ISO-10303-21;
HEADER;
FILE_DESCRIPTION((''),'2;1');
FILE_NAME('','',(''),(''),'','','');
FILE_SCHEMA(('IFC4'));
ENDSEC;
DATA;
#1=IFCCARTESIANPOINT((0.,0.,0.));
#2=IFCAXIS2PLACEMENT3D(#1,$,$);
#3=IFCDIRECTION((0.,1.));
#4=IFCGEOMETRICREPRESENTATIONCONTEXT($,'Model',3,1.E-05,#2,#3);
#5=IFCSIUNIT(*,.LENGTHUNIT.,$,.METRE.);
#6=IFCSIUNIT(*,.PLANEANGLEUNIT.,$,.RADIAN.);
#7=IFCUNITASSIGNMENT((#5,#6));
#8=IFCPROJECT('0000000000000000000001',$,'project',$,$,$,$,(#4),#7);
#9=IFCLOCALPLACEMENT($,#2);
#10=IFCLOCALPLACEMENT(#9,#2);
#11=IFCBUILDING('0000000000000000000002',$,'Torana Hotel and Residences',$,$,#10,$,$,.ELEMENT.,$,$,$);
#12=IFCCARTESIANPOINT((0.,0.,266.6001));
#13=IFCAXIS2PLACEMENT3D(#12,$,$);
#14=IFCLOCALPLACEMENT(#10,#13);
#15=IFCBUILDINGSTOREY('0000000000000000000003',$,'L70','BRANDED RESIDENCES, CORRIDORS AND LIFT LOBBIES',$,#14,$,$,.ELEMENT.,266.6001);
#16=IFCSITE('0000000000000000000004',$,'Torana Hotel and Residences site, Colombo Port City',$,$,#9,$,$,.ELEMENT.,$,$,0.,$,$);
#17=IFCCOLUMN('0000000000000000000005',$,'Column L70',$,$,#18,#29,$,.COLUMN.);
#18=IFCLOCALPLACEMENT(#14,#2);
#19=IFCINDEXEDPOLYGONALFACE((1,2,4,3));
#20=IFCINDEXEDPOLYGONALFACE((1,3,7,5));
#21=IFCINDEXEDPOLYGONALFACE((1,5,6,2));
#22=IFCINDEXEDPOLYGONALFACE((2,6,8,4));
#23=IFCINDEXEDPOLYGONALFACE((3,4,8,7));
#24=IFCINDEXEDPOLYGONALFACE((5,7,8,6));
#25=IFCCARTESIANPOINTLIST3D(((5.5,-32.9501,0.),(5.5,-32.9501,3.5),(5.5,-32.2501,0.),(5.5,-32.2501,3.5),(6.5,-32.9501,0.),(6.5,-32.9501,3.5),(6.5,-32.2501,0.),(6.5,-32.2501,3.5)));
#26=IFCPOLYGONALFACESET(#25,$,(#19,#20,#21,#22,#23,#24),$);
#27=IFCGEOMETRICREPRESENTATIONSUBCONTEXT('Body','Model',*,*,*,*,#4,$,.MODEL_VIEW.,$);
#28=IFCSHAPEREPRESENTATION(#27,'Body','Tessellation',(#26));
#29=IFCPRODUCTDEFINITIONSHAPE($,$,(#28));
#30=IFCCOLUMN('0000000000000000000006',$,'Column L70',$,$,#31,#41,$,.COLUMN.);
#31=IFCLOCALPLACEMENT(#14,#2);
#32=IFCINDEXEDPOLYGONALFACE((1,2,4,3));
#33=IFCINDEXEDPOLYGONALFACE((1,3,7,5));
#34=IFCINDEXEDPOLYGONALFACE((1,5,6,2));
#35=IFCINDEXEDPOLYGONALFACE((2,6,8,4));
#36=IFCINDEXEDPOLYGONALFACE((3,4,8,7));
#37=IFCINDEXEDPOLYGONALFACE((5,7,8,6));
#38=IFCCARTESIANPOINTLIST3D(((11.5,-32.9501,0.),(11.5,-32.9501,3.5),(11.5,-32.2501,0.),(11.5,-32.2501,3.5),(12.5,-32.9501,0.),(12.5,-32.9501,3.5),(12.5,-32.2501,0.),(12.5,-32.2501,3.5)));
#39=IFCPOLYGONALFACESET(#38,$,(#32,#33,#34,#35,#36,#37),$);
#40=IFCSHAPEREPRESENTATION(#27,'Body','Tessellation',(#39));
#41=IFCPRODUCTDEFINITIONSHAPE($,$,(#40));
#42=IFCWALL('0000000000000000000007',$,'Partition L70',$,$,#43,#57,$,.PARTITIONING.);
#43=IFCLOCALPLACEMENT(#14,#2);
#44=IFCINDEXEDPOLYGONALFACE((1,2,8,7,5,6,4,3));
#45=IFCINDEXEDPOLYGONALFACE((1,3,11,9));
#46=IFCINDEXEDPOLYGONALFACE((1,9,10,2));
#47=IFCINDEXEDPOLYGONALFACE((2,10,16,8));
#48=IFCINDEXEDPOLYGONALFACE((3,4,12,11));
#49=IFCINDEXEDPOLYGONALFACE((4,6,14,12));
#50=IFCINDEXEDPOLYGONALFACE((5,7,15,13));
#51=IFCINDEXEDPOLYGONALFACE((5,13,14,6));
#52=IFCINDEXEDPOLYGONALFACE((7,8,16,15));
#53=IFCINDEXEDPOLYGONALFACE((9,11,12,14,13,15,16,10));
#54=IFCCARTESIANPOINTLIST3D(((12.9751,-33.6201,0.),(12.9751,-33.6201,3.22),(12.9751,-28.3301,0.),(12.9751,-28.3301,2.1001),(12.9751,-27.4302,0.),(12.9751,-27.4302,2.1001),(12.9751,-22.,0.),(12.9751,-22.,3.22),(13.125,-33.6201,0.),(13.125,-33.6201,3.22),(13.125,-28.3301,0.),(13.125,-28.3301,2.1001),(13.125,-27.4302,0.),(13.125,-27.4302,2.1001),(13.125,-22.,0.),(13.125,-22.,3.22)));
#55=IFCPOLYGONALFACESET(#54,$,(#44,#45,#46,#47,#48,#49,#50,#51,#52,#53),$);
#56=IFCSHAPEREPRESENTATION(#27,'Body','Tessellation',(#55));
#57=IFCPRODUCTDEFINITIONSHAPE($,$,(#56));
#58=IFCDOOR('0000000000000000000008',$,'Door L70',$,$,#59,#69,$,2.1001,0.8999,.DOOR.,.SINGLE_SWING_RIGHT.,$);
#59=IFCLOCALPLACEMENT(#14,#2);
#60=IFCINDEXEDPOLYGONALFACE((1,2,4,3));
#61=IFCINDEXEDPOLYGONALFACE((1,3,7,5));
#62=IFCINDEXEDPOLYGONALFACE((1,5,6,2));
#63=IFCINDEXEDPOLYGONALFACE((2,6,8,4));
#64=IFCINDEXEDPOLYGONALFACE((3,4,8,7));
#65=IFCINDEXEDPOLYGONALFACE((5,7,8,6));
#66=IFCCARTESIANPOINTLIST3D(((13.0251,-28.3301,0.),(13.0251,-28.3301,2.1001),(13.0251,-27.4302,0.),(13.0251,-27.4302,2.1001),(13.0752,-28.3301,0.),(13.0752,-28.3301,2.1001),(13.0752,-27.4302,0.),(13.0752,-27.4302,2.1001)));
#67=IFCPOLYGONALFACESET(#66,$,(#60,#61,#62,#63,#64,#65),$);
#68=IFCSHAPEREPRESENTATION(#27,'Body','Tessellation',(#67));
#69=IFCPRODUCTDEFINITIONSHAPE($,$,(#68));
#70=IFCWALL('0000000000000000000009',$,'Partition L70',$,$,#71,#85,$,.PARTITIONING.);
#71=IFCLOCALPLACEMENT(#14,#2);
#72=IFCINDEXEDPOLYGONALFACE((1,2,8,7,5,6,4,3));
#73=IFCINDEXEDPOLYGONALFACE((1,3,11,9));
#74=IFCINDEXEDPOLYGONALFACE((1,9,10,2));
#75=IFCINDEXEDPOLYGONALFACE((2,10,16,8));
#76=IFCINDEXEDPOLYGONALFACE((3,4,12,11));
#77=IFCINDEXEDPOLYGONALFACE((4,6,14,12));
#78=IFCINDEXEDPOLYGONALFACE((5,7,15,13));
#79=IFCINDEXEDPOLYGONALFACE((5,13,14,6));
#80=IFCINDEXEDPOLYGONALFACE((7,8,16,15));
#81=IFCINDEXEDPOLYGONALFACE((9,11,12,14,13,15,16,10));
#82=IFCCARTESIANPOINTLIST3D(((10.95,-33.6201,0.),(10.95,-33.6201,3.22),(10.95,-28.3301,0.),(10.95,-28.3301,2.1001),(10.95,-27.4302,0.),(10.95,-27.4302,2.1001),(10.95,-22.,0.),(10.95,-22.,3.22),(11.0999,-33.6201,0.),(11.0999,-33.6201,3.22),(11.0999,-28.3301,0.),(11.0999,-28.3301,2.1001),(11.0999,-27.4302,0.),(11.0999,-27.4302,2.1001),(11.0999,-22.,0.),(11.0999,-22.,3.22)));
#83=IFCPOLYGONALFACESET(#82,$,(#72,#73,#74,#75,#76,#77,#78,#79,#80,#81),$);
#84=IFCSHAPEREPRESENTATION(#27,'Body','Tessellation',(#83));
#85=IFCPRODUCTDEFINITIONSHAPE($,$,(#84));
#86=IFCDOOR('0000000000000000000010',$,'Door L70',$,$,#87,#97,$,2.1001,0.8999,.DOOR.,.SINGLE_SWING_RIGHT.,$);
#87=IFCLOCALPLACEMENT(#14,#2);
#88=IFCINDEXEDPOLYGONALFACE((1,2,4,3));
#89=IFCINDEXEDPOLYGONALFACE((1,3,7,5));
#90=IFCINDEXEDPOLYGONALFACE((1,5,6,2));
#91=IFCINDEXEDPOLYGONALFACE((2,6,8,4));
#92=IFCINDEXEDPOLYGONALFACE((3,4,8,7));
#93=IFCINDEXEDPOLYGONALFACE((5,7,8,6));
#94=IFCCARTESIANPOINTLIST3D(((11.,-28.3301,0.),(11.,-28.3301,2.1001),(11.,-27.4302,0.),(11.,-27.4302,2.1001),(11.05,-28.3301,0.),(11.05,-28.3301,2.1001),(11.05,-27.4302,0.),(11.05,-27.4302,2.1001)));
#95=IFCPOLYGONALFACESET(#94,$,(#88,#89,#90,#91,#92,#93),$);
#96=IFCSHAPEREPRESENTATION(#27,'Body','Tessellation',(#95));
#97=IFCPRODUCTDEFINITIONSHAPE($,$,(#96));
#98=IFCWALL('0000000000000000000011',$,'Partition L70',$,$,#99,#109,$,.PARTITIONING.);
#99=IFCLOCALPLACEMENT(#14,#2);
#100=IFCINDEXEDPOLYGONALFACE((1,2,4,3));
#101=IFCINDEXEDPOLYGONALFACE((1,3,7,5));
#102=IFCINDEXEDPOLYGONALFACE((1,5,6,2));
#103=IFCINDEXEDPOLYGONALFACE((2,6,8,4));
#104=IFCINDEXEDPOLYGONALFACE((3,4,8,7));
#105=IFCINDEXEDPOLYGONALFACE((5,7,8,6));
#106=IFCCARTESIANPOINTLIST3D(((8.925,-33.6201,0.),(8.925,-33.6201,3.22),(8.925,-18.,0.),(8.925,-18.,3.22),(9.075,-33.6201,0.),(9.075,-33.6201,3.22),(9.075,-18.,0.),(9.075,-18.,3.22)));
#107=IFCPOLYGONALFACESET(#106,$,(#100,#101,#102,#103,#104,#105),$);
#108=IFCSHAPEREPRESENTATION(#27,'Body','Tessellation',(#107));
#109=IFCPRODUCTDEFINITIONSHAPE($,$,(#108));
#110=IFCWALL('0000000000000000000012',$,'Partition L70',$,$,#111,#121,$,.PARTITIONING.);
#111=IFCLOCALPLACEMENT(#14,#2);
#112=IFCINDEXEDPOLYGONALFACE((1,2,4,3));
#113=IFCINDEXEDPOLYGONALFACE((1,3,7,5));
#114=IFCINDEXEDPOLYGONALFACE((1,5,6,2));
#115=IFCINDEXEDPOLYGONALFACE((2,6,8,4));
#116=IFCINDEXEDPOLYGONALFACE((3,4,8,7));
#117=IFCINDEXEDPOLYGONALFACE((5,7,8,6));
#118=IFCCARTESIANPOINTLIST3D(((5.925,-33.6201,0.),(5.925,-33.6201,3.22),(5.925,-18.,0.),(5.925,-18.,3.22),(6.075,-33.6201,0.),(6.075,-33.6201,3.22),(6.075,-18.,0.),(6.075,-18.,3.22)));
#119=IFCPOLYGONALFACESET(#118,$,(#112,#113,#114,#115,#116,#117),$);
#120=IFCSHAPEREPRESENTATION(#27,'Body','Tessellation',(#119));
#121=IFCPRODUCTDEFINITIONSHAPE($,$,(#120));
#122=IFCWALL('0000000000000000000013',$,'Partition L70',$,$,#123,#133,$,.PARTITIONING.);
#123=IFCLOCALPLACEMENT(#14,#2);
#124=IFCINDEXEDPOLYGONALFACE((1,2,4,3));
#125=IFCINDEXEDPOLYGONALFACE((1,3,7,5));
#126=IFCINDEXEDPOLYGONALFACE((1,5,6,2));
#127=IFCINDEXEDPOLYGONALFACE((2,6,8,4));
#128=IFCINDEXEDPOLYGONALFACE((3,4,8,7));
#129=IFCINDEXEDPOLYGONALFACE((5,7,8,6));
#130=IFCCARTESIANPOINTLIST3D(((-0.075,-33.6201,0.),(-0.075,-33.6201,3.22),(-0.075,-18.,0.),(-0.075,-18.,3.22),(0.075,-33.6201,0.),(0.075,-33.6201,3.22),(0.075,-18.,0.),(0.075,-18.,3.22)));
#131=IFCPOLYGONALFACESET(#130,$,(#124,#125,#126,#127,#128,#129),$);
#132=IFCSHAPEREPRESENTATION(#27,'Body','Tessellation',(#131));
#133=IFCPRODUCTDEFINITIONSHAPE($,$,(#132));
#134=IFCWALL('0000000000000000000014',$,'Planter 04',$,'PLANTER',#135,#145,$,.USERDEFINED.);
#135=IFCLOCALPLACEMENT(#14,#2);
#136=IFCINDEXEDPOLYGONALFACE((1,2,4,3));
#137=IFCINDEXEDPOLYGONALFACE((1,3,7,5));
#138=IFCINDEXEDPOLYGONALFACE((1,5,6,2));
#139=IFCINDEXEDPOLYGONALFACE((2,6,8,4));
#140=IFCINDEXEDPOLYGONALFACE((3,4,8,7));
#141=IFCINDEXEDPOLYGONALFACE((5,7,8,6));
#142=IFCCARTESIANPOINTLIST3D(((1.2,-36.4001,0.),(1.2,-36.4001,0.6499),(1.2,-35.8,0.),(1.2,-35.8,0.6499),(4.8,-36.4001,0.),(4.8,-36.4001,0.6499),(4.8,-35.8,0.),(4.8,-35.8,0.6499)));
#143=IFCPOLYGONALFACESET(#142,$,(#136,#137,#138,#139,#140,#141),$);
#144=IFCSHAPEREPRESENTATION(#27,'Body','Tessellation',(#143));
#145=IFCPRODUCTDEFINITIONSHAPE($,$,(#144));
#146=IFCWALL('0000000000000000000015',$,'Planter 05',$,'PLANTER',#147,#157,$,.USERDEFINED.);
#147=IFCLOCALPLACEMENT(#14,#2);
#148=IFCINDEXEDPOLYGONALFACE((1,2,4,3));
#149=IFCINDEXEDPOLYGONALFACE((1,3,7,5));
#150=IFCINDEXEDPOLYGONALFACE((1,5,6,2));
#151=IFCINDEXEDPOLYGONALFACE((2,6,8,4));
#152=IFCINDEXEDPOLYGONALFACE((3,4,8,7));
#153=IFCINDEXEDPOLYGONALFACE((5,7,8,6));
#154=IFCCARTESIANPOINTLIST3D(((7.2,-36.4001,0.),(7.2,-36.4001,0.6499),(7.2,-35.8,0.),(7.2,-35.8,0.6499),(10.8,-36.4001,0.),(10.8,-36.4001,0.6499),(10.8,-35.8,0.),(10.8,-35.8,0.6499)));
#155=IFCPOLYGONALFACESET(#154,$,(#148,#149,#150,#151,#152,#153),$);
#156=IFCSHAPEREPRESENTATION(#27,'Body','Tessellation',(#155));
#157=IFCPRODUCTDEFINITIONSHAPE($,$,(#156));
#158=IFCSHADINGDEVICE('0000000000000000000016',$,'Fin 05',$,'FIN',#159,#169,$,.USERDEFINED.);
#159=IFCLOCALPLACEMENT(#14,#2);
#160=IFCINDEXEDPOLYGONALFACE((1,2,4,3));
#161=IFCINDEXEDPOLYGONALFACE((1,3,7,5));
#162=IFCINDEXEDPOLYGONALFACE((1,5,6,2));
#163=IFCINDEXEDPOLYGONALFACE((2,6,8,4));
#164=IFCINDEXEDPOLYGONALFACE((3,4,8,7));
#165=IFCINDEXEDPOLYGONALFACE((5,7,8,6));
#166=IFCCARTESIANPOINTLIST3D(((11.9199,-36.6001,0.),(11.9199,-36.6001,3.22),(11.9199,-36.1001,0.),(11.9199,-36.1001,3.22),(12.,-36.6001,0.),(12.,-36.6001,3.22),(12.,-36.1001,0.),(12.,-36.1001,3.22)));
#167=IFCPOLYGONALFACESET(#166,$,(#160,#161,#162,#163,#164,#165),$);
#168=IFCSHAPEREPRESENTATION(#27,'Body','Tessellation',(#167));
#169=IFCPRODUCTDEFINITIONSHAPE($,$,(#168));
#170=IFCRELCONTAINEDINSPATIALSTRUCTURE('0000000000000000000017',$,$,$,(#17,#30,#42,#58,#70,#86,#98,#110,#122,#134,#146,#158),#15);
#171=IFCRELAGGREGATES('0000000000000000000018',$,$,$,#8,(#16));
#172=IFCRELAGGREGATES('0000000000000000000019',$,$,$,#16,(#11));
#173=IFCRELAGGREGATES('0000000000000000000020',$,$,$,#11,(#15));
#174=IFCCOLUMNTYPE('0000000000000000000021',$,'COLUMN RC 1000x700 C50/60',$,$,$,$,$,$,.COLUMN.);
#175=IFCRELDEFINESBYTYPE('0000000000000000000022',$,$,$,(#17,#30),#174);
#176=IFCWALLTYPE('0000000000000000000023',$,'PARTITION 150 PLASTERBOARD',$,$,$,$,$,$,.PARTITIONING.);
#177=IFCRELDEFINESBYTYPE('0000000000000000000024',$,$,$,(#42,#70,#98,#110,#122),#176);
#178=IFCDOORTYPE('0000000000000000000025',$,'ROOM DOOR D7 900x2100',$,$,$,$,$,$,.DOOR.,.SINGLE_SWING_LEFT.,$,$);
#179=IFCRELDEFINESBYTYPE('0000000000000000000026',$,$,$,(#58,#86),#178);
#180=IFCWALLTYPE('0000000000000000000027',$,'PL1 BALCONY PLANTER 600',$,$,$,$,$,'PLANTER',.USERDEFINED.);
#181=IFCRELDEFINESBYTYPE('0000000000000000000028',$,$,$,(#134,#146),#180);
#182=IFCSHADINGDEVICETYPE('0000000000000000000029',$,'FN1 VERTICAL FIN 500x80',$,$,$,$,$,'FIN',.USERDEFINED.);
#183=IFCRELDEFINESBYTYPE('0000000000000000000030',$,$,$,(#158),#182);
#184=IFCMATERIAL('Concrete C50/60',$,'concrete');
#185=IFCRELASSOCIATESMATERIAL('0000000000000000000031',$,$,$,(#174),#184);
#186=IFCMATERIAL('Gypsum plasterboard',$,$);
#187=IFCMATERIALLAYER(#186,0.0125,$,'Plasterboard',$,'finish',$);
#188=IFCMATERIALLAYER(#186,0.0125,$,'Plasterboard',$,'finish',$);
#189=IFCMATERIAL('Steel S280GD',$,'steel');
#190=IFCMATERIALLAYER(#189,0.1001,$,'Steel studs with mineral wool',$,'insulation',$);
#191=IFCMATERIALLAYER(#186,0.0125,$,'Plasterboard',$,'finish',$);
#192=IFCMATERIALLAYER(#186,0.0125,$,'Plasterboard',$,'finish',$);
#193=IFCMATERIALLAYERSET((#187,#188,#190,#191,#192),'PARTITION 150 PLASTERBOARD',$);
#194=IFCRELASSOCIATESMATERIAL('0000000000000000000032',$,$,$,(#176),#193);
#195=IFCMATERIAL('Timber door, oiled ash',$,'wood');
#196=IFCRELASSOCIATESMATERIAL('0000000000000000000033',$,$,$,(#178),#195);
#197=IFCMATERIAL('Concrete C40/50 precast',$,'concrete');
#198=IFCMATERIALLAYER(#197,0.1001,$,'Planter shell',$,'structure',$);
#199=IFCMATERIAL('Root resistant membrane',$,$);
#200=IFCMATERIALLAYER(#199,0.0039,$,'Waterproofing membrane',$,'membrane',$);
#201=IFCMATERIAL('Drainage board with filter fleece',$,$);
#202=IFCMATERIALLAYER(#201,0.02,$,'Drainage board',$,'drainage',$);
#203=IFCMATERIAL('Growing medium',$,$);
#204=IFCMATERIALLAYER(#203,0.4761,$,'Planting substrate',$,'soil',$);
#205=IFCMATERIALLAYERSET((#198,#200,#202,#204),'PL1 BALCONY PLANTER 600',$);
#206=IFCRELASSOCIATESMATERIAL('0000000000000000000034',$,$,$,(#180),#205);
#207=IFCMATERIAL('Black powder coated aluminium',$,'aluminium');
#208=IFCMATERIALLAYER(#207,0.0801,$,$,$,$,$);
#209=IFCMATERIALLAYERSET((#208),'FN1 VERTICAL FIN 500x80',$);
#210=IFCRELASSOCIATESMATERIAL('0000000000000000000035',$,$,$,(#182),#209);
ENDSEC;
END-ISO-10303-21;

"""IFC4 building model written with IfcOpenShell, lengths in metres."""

from ifc_helpers import new_model, si_unit, direction, frame, frame_2d, origin, origin_2d, place, context, subcontext, project, spatial, rectangle, extrude, material, layer, layer_set, material_profile, profile_set, type_object, element, fill, save


model = new_model("IFC4")

# Units and contexts
model_context = context("Model", 3, precision=1e-05, world=origin(), true_north=direction((0.0, 1.0)))
body_context = subcontext(model_context, "Body", "Model", "MODEL_VIEW")
ifc_project = project(units=[si_unit("LENGTHUNIT", "METRE"), si_unit("PLANEANGLEUNIT", "RADIAN")], contexts=[model_context])

# Site, building, storey
site_placement = place(None, origin())
site = spatial("IfcSite", under=ifc_project, at=site_placement, Name="Torana Hotel and Residences site, Colombo Port City", CompositionType="ELEMENT", RefElevation=0.0)
building_placement = place(site_placement, origin())
building = spatial("IfcBuilding", under=site, at=building_placement, Name="Torana Hotel and Residences", CompositionType="ELEMENT")
storey_placement = place(building_placement, frame((0.0, 0.0, 266.6001)))
storey = spatial("IfcBuildingStorey", under=building, at=storey_placement, Name="L70", Description="BRANDED RESIDENCES, CORRIDORS AND LIFT LOBBIES", CompositionType="ELEMENT", Elevation=266.6001)

# Columns
ifc_material_1 = material(Name="Concrete C50/60", Category="concrete")
ifc_material_profile = material_profile(ifc_material_1, rectangle(XDim=1.0, YDim=0.7, at=origin_2d()), Name="RC 1000x700")
ifc_profile_set = profile_set([ifc_material_profile], Name="Concrete C50/60")
column_type = type_object("IfcColumnType", Name="COLUMN RC 1000x700 C50/60", PredefinedType="COLUMN", material=ifc_profile_set)
for number, where, z_axis, x_axis, name in (
    (1, (6.0, -32.6001, 0.0), (0.0, 0.0, 1.0), (1.0, 0.0, 0.0), "Column L70"),
    (2, (12.0, -32.6001, 0.0), (0.0, 0.0, 1.0), (1.0, 0.0, 0.0), "Column L70"),
):
    element("IfcColumn", number, at=place(storey_placement, frame(where, z_axis=z_axis, x_axis=x_axis)), inside=storey, type_object=column_type, Name=name, PredefinedType="COLUMN", context=body_context, shape_type="SweptSolid", body=[
        extrude(rectangle(XDim=1.0, YDim=0.7, at=origin_2d()), origin(), (0.0, 0.0, 1.0), 3.5),
    ])

# Walls, openings, doors
ifc_material_2 = material(Name="Gypsum plasterboard")
ifc_layer_1 = layer(ifc_material_2, 0.0125, Name="Plasterboard", Category="finish")
ifc_layer_2 = layer(ifc_material_2, 0.0125, Name="Plasterboard", Category="finish")
ifc_material_3 = material(Name="Steel S280GD", Category="steel")
ifc_layer_3 = layer(ifc_material_3, 0.1001, Name="Steel studs with mineral wool", Category="insulation")
ifc_layer_4 = layer(ifc_material_2, 0.0125, Name="Plasterboard", Category="finish")
ifc_layer_5 = layer(ifc_material_2, 0.0125, Name="Plasterboard", Category="finish")
ifc_layer_set_1 = layer_set([ifc_layer_1, ifc_layer_2, ifc_layer_3, ifc_layer_4, ifc_layer_5], Name="PARTITION 150 PLASTERBOARD")
wall_type_1 = type_object("IfcWallType", Name="PARTITION 150 PLASTERBOARD", PredefinedType="PARTITIONING", material=ifc_layer_set_1)
wall_1_placement = place(storey_placement, frame((13.05, -33.6201, 0.0), z_axis=(0.0, 0.0, 1.0), x_axis=(0.0, 1.0, 0.0)))
wall_1 = element("IfcWall", 3, at=wall_1_placement, inside=storey, type_object=wall_type_1, Name="Partition L70", PredefinedType="PARTITIONING", context=body_context, shape_type="SweptSolid", body=[
    extrude(rectangle(XDim=11.6201, YDim=0.1499, at=frame_2d((5.8101, 0.0))), origin(), (0.0, 0.0, 1.0), 3.22),
])
opening_1_placement = place(wall_1_placement, frame((5.29, 0.0, 0.0)))
opening_1 = element("IfcOpeningElement", 4, at=opening_1_placement, cuts=wall_1, PredefinedType="OPENING", context=body_context, shape_type="SweptSolid", body=[
    extrude(rectangle(XDim=0.8999, YDim=2.1001, at=frame_2d((0.45, 1.05))), frame((0.0, 0.085, 0.0), z_axis=(0.0, -1.0, 0.0), x_axis=(1.0, 0.0, 0.0)), (0.0, 0.0, 1.0), 0.1699),
])
ifc_material_4 = material(Name="Timber door, oiled ash", Category="wood")
door_type = type_object("IfcDoorType", Name="ROOM DOOR D7 900x2100", OperationType="SINGLE_SWING_LEFT", PredefinedType="DOOR", material=ifc_material_4)
door_1_placement = place(opening_1_placement, origin())
door_1 = element("IfcDoor", 5, at=door_1_placement, inside=storey, type_object=door_type, Name="Door L70", OperationType="SINGLE_SWING_RIGHT", OverallHeight=2.1001, OverallWidth=0.8999, PredefinedType="DOOR", context=body_context, shape_type="SweptSolid", body=[
    extrude(rectangle(XDim=0.8999, YDim=2.1001, at=frame_2d((0.45, 1.05))), frame((0.0, 0.0249, 0.0), z_axis=(0.0, -1.0, 0.0), x_axis=(1.0, 0.0, 0.0)), (0.0, 0.0, 1.0), 0.05),
])
fill(opening_1, door_1)
wall_2_placement = place(storey_placement, frame((11.0249, -33.6201, 0.0), z_axis=(0.0, 0.0, 1.0), x_axis=(0.0, 1.0, 0.0)))
wall_2 = element("IfcWall", 6, at=wall_2_placement, inside=storey, type_object=wall_type_1, Name="Partition L70", PredefinedType="PARTITIONING", context=body_context, shape_type="SweptSolid", body=[
    extrude(rectangle(XDim=11.6201, YDim=0.1499, at=frame_2d((5.8101, 0.0))), origin(), (0.0, 0.0, 1.0), 3.22),
])
opening_2_placement = place(wall_2_placement, frame((5.29, 0.0, 0.0)))
opening_2 = element("IfcOpeningElement", 7, at=opening_2_placement, cuts=wall_2, PredefinedType="OPENING", context=body_context, shape_type="SweptSolid", body=[
    extrude(rectangle(XDim=0.8999, YDim=2.1001, at=frame_2d((0.45, 1.05))), frame((0.0, 0.085, 0.0), z_axis=(0.0, -1.0, 0.0), x_axis=(1.0, 0.0, 0.0)), (0.0, 0.0, 1.0), 0.1699),
])
door_2_placement = place(opening_2_placement, origin())
door_2 = element("IfcDoor", 8, at=door_2_placement, inside=storey, type_object=door_type, Name="Door L70", OperationType="SINGLE_SWING_RIGHT", OverallHeight=2.1001, OverallWidth=0.8999, PredefinedType="DOOR", context=body_context, shape_type="SweptSolid", body=[
    extrude(rectangle(XDim=0.8999, YDim=2.1001, at=frame_2d((0.45, 1.05))), frame((0.0, 0.0249, 0.0), z_axis=(0.0, -1.0, 0.0), x_axis=(1.0, 0.0, 0.0)), (0.0, 0.0, 1.0), 0.05),
])
fill(opening_2, door_2)

# Walls
for number, where, z_axis, x_axis, name in (
    (9, (9.0, -33.6201, 0.0), (0.0, 0.0, 1.0), (0.0, 1.0, 0.0), "Partition L70"),
    (10, (6.0, -33.6201, 0.0), (0.0, 0.0, 1.0), (0.0, 1.0, 0.0), "Partition L70"),
    (11, (0.0, -33.6201, 0.0), (0.0, 0.0, 1.0), (0.0, 1.0, 0.0), "Partition L70"),
):
    element("IfcWall", number, at=place(storey_placement, frame(where, z_axis=z_axis, x_axis=x_axis)), inside=storey, type_object=wall_type_1, Name=name, PredefinedType="PARTITIONING", context=body_context, shape_type="SweptSolid", body=[
        extrude(rectangle(XDim=15.6201, YDim=0.1499, at=frame_2d((7.8101, 0.0))), origin(), (0.0, 0.0, 1.0), 3.22),
    ])
ifc_material_5 = material(Name="Concrete C40/50 precast", Category="concrete")
ifc_layer_6 = layer(ifc_material_5, 0.1001, Name="Planter shell", Category="structure")
ifc_material_6 = material(Name="Root resistant membrane")
ifc_layer_7 = layer(ifc_material_6, 0.0039, Name="Waterproofing membrane", Category="membrane")
ifc_material_7 = material(Name="Drainage board with filter fleece")
ifc_layer_8 = layer(ifc_material_7, 0.02, Name="Drainage board", Category="drainage")
ifc_material_8 = material(Name="Growing medium")
ifc_layer_9 = layer(ifc_material_8, 0.4761, Name="Planting substrate", Category="soil")
ifc_layer_set_2 = layer_set([ifc_layer_6, ifc_layer_7, ifc_layer_8, ifc_layer_9], Name="PL1 BALCONY PLANTER 600")
wall_type_2 = type_object("IfcWallType", Name="PL1 BALCONY PLANTER 600", ElementType="PLANTER", PredefinedType="USERDEFINED", material=ifc_layer_set_2)
for number, where, z_axis, x_axis, name in (
    (12, (4.8, -36.1001, 0.0), (0.0, 0.0, 1.0), (-1.0, 0.0, 0.0), "Planter 04"),
    (13, (10.8, -36.1001, 0.0), (0.0, 0.0, 1.0), (-1.0, 0.0, 0.0), "Planter 05"),
):
    element("IfcWall", number, at=place(storey_placement, frame(where, z_axis=z_axis, x_axis=x_axis)), inside=storey, type_object=wall_type_2, Name=name, ObjectType="PLANTER", PredefinedType="USERDEFINED", context=body_context, shape_type="SweptSolid", body=[
        extrude(rectangle(XDim=3.6001, YDim=0.6001, at=frame_2d((1.8, 0.0))), origin(), (0.0, 0.0, 1.0), 0.6499),
    ])

# Shading device
ifc_material_9 = material(Name="Black powder coated aluminium", Category="aluminium")
ifc_layer_10 = layer(ifc_material_9, 0.0801)
ifc_layer_set_3 = layer_set([ifc_layer_10], Name="FN1 VERTICAL FIN 500x80")
shading_device_type = type_object("IfcShadingDeviceType", Name="FN1 VERTICAL FIN 500x80", ElementType="FIN", PredefinedType="USERDEFINED", material=ifc_layer_set_3)
shading_device_placement = place(storey_placement, frame((11.96, -36.3501, 0.0), z_axis=(0.0, 0.0, 1.0), x_axis=(-1.0, 0.0, 0.0)))
element("IfcShadingDevice", 14, at=shading_device_placement, inside=storey, type_object=shading_device_type, Name="Fin 05", ObjectType="FIN", PredefinedType="USERDEFINED", context=body_context, shape_type="SweptSolid", body=[
    extrude(rectangle(XDim=0.0801, YDim=0.5, at=origin_2d()), origin(), (0.0, 0.0, 1.0), 3.22),
])

save(model, "model.ifc")
